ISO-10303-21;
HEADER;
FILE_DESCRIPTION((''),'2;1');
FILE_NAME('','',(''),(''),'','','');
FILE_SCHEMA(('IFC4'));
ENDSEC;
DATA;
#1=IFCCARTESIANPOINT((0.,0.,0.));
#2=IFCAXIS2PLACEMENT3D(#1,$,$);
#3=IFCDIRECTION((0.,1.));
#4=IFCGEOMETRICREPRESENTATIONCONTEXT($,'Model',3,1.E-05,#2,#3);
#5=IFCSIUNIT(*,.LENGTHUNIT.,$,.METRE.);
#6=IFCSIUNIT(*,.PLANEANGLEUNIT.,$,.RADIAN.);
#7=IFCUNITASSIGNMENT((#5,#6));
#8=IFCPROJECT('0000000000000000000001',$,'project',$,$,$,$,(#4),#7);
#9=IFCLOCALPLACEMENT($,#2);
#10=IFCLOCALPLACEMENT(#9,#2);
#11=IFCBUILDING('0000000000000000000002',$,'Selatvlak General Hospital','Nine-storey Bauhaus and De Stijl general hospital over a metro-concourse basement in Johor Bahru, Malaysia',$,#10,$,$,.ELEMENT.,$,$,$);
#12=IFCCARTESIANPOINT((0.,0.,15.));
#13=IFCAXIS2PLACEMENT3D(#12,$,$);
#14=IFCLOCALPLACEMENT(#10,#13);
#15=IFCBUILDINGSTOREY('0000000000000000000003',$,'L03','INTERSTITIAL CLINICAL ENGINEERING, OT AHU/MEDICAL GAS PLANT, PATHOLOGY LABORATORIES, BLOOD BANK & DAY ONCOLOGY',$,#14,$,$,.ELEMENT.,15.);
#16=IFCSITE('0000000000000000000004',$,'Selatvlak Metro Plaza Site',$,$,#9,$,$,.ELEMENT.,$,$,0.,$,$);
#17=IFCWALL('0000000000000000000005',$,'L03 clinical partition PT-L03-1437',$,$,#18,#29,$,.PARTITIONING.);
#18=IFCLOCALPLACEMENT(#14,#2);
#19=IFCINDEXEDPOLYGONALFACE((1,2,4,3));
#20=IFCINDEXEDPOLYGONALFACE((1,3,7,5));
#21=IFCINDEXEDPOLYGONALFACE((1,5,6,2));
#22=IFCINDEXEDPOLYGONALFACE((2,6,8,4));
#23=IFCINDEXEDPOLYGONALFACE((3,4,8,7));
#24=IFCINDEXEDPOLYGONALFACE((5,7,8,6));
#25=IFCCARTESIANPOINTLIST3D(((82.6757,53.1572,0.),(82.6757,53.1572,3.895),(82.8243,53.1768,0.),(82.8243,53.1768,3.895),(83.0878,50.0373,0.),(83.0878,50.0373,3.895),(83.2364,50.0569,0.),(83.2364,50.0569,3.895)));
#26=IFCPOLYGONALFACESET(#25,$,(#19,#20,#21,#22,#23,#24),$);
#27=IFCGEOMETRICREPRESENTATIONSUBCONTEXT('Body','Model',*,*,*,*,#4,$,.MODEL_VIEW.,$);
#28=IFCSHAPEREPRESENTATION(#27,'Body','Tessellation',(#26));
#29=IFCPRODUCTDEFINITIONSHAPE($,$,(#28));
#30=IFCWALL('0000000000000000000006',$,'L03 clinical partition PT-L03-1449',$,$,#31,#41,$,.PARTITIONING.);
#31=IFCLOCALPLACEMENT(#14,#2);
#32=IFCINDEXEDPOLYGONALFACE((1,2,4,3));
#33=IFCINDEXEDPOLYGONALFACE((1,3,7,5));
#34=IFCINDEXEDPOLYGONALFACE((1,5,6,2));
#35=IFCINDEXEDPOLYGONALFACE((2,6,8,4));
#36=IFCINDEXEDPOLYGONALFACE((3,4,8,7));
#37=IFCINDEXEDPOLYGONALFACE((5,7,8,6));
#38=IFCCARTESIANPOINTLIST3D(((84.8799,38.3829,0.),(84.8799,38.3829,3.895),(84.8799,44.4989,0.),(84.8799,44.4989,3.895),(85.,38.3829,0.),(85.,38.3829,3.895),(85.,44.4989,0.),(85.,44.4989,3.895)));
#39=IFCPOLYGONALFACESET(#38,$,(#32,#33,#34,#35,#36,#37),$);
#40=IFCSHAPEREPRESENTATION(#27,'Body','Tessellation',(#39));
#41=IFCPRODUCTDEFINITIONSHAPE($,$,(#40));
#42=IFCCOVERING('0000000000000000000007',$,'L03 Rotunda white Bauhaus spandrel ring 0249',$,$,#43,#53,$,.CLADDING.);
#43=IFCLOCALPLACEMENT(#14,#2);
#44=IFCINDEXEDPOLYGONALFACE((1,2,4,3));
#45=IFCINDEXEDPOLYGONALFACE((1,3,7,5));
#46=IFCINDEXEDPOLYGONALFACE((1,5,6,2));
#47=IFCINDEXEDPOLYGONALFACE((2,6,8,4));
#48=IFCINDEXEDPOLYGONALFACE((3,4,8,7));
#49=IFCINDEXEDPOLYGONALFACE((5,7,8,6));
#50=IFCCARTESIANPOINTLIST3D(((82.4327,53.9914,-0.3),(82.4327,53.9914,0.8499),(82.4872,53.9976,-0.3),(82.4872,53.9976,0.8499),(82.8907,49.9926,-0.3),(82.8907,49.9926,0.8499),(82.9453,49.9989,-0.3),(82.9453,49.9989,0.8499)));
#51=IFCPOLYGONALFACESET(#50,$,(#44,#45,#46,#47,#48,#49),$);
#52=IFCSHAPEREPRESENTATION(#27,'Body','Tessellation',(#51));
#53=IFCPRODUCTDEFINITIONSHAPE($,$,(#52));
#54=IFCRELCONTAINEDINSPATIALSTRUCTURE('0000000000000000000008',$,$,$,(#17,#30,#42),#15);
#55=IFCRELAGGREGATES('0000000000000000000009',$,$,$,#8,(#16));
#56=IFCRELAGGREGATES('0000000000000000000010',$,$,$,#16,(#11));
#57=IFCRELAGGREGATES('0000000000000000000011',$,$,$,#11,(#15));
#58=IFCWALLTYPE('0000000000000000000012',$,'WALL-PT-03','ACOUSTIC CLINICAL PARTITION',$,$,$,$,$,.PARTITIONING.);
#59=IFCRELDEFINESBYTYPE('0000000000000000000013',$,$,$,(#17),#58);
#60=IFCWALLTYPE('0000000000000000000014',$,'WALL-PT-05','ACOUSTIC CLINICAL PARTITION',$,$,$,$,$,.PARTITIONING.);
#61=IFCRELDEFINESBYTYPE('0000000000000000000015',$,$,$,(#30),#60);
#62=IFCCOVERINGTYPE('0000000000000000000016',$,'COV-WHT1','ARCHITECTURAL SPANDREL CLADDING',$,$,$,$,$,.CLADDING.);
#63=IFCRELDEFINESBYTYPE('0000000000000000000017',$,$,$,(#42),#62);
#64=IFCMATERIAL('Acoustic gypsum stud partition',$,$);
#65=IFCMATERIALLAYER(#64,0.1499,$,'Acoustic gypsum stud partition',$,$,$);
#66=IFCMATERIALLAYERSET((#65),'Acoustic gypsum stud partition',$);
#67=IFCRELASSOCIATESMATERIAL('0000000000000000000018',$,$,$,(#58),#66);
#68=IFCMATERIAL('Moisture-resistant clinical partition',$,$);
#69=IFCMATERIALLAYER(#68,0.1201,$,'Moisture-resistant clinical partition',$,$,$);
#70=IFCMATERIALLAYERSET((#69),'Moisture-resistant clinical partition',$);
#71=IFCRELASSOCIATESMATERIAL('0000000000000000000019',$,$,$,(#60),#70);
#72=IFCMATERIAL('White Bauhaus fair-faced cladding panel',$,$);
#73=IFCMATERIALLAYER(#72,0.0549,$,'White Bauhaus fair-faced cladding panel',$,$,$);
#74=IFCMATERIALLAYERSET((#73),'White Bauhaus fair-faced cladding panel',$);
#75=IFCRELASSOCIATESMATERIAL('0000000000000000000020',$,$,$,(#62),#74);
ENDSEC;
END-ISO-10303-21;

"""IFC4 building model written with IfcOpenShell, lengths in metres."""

from ifc_helpers import new_model, si_unit, direction, frame, frame_2d, origin, origin_2d, place, context, subcontext, project, spatial, rectangle, extrude, material, layer, layer_set, type_object, element, save


model = new_model("IFC4")

# Units and contexts
model_context = context("Model", 3, precision=1e-05, world=origin(), true_north=direction((0.0, 1.0)))
body_context = subcontext(model_context, "Body", "Model", "MODEL_VIEW")
ifc_project = project(units=[si_unit("LENGTHUNIT", "METRE"), si_unit("PLANEANGLEUNIT", "RADIAN")], contexts=[model_context])

# Site, building, storey
site_placement = place(None, origin())
site = spatial("IfcSite", under=ifc_project, at=site_placement, Name="Selatvlak Metro Plaza Site", CompositionType="ELEMENT", RefElevation=0.0)
building_placement = place(site_placement, origin())
building = spatial("IfcBuilding", under=site, at=building_placement, Name="Selatvlak General Hospital", Description="Nine-storey Bauhaus and De Stijl general hospital over a metro-concourse basement in Johor Bahru, Malaysia", CompositionType="ELEMENT")
storey_placement = place(building_placement, frame((0.0, 0.0, 15.0)))
storey = spatial("IfcBuildingStorey", under=building, at=storey_placement, Name="L03", Description="INTERSTITIAL CLINICAL ENGINEERING, OT AHU/MEDICAL GAS PLANT, PATHOLOGY LABORATORIES, BLOOD BANK & DAY ONCOLOGY", CompositionType="ELEMENT", Elevation=15.0)

# Shared definitions
ifc_material_1 = material(Name="Acoustic gypsum stud partition")

# Walls
ifc_layer_1 = layer(ifc_material_1, 0.1499, Name="Acoustic gypsum stud partition")
ifc_layer_set_1 = layer_set([ifc_layer_1], Name="Acoustic gypsum stud partition")
wall_type_1 = type_object("IfcWallType", Name="WALL-PT-03", Description="ACOUSTIC CLINICAL PARTITION", PredefinedType="PARTITIONING", material=ifc_layer_set_1)
wall_1_placement = place(storey_placement, frame((83.1621, 50.0471, 0.0), z_axis=(0.0, 0.0, 1.0), x_axis=(-0.130954, 0.991388, 0.0)))
element("IfcWall", 1, at=wall_1_placement, inside=storey, type_object=wall_type_1, Name="L03 clinical partition PT-L03-1437", PredefinedType="PARTITIONING", context=body_context, shape_type="SweptSolid", body=[
    extrude(rectangle(XDim=3.147, YDim=0.1499, at=frame_2d((1.5735, 0.0))), origin(), (0.0, 0.0, 1.0), 3.895),
])
ifc_material_2 = material(Name="Moisture-resistant clinical partition")
ifc_layer_2 = layer(ifc_material_2, 0.1201, Name="Moisture-resistant clinical partition")
ifc_layer_set_2 = layer_set([ifc_layer_2], Name="Moisture-resistant clinical partition")
wall_type_2 = type_object("IfcWallType", Name="WALL-PT-05", Description="ACOUSTIC CLINICAL PARTITION", PredefinedType="PARTITIONING", material=ifc_layer_set_2)
wall_2_placement = place(storey_placement, frame((84.9399, 44.499, 0.0), z_axis=(0.0, 0.0, 1.0), x_axis=(0.0, -1.0, 0.0)))
element("IfcWall", 2, at=wall_2_placement, inside=storey, type_object=wall_type_2, Name="L03 clinical partition PT-L03-1449", PredefinedType="PARTITIONING", context=body_context, shape_type="SweptSolid", body=[
    extrude(rectangle(XDim=6.116, YDim=0.1201, at=frame_2d((3.0581, 0.0))), origin(), (0.0, 0.0, 1.0), 3.895),
])

# Covering
ifc_material_3 = material(Name="White Bauhaus fair-faced cladding panel")
ifc_layer_3 = layer(ifc_material_3, 0.0549, Name="White Bauhaus fair-faced cladding panel")
ifc_layer_set_3 = layer_set([ifc_layer_3], Name="White Bauhaus fair-faced cladding panel")
covering_type = type_object("IfcCoveringType", Name="COV-WHT1", Description="ARCHITECTURAL SPANDREL CLADDING", PredefinedType="CLADDING", material=ifc_layer_set_3)
covering_placement = place(storey_placement, frame((82.689, 51.9951, -0.3), z_axis=(0.0, 0.0, 1.0), x_axis=(-0.113793, 0.993505, 0.0)))
element("IfcCovering", 3, at=covering_placement, inside=storey, type_object=covering_type, Name="L03 Rotunda white Bauhaus spandrel ring 0249", PredefinedType="CLADDING", context=body_context, shape_type="SweptSolid", body=[
    extrude(rectangle(XDim=4.0249, YDim=0.0549, at=origin_2d()), origin(), (0.0, 0.0, 1.0), 1.1499),
])

save(model, "model.ifc")
